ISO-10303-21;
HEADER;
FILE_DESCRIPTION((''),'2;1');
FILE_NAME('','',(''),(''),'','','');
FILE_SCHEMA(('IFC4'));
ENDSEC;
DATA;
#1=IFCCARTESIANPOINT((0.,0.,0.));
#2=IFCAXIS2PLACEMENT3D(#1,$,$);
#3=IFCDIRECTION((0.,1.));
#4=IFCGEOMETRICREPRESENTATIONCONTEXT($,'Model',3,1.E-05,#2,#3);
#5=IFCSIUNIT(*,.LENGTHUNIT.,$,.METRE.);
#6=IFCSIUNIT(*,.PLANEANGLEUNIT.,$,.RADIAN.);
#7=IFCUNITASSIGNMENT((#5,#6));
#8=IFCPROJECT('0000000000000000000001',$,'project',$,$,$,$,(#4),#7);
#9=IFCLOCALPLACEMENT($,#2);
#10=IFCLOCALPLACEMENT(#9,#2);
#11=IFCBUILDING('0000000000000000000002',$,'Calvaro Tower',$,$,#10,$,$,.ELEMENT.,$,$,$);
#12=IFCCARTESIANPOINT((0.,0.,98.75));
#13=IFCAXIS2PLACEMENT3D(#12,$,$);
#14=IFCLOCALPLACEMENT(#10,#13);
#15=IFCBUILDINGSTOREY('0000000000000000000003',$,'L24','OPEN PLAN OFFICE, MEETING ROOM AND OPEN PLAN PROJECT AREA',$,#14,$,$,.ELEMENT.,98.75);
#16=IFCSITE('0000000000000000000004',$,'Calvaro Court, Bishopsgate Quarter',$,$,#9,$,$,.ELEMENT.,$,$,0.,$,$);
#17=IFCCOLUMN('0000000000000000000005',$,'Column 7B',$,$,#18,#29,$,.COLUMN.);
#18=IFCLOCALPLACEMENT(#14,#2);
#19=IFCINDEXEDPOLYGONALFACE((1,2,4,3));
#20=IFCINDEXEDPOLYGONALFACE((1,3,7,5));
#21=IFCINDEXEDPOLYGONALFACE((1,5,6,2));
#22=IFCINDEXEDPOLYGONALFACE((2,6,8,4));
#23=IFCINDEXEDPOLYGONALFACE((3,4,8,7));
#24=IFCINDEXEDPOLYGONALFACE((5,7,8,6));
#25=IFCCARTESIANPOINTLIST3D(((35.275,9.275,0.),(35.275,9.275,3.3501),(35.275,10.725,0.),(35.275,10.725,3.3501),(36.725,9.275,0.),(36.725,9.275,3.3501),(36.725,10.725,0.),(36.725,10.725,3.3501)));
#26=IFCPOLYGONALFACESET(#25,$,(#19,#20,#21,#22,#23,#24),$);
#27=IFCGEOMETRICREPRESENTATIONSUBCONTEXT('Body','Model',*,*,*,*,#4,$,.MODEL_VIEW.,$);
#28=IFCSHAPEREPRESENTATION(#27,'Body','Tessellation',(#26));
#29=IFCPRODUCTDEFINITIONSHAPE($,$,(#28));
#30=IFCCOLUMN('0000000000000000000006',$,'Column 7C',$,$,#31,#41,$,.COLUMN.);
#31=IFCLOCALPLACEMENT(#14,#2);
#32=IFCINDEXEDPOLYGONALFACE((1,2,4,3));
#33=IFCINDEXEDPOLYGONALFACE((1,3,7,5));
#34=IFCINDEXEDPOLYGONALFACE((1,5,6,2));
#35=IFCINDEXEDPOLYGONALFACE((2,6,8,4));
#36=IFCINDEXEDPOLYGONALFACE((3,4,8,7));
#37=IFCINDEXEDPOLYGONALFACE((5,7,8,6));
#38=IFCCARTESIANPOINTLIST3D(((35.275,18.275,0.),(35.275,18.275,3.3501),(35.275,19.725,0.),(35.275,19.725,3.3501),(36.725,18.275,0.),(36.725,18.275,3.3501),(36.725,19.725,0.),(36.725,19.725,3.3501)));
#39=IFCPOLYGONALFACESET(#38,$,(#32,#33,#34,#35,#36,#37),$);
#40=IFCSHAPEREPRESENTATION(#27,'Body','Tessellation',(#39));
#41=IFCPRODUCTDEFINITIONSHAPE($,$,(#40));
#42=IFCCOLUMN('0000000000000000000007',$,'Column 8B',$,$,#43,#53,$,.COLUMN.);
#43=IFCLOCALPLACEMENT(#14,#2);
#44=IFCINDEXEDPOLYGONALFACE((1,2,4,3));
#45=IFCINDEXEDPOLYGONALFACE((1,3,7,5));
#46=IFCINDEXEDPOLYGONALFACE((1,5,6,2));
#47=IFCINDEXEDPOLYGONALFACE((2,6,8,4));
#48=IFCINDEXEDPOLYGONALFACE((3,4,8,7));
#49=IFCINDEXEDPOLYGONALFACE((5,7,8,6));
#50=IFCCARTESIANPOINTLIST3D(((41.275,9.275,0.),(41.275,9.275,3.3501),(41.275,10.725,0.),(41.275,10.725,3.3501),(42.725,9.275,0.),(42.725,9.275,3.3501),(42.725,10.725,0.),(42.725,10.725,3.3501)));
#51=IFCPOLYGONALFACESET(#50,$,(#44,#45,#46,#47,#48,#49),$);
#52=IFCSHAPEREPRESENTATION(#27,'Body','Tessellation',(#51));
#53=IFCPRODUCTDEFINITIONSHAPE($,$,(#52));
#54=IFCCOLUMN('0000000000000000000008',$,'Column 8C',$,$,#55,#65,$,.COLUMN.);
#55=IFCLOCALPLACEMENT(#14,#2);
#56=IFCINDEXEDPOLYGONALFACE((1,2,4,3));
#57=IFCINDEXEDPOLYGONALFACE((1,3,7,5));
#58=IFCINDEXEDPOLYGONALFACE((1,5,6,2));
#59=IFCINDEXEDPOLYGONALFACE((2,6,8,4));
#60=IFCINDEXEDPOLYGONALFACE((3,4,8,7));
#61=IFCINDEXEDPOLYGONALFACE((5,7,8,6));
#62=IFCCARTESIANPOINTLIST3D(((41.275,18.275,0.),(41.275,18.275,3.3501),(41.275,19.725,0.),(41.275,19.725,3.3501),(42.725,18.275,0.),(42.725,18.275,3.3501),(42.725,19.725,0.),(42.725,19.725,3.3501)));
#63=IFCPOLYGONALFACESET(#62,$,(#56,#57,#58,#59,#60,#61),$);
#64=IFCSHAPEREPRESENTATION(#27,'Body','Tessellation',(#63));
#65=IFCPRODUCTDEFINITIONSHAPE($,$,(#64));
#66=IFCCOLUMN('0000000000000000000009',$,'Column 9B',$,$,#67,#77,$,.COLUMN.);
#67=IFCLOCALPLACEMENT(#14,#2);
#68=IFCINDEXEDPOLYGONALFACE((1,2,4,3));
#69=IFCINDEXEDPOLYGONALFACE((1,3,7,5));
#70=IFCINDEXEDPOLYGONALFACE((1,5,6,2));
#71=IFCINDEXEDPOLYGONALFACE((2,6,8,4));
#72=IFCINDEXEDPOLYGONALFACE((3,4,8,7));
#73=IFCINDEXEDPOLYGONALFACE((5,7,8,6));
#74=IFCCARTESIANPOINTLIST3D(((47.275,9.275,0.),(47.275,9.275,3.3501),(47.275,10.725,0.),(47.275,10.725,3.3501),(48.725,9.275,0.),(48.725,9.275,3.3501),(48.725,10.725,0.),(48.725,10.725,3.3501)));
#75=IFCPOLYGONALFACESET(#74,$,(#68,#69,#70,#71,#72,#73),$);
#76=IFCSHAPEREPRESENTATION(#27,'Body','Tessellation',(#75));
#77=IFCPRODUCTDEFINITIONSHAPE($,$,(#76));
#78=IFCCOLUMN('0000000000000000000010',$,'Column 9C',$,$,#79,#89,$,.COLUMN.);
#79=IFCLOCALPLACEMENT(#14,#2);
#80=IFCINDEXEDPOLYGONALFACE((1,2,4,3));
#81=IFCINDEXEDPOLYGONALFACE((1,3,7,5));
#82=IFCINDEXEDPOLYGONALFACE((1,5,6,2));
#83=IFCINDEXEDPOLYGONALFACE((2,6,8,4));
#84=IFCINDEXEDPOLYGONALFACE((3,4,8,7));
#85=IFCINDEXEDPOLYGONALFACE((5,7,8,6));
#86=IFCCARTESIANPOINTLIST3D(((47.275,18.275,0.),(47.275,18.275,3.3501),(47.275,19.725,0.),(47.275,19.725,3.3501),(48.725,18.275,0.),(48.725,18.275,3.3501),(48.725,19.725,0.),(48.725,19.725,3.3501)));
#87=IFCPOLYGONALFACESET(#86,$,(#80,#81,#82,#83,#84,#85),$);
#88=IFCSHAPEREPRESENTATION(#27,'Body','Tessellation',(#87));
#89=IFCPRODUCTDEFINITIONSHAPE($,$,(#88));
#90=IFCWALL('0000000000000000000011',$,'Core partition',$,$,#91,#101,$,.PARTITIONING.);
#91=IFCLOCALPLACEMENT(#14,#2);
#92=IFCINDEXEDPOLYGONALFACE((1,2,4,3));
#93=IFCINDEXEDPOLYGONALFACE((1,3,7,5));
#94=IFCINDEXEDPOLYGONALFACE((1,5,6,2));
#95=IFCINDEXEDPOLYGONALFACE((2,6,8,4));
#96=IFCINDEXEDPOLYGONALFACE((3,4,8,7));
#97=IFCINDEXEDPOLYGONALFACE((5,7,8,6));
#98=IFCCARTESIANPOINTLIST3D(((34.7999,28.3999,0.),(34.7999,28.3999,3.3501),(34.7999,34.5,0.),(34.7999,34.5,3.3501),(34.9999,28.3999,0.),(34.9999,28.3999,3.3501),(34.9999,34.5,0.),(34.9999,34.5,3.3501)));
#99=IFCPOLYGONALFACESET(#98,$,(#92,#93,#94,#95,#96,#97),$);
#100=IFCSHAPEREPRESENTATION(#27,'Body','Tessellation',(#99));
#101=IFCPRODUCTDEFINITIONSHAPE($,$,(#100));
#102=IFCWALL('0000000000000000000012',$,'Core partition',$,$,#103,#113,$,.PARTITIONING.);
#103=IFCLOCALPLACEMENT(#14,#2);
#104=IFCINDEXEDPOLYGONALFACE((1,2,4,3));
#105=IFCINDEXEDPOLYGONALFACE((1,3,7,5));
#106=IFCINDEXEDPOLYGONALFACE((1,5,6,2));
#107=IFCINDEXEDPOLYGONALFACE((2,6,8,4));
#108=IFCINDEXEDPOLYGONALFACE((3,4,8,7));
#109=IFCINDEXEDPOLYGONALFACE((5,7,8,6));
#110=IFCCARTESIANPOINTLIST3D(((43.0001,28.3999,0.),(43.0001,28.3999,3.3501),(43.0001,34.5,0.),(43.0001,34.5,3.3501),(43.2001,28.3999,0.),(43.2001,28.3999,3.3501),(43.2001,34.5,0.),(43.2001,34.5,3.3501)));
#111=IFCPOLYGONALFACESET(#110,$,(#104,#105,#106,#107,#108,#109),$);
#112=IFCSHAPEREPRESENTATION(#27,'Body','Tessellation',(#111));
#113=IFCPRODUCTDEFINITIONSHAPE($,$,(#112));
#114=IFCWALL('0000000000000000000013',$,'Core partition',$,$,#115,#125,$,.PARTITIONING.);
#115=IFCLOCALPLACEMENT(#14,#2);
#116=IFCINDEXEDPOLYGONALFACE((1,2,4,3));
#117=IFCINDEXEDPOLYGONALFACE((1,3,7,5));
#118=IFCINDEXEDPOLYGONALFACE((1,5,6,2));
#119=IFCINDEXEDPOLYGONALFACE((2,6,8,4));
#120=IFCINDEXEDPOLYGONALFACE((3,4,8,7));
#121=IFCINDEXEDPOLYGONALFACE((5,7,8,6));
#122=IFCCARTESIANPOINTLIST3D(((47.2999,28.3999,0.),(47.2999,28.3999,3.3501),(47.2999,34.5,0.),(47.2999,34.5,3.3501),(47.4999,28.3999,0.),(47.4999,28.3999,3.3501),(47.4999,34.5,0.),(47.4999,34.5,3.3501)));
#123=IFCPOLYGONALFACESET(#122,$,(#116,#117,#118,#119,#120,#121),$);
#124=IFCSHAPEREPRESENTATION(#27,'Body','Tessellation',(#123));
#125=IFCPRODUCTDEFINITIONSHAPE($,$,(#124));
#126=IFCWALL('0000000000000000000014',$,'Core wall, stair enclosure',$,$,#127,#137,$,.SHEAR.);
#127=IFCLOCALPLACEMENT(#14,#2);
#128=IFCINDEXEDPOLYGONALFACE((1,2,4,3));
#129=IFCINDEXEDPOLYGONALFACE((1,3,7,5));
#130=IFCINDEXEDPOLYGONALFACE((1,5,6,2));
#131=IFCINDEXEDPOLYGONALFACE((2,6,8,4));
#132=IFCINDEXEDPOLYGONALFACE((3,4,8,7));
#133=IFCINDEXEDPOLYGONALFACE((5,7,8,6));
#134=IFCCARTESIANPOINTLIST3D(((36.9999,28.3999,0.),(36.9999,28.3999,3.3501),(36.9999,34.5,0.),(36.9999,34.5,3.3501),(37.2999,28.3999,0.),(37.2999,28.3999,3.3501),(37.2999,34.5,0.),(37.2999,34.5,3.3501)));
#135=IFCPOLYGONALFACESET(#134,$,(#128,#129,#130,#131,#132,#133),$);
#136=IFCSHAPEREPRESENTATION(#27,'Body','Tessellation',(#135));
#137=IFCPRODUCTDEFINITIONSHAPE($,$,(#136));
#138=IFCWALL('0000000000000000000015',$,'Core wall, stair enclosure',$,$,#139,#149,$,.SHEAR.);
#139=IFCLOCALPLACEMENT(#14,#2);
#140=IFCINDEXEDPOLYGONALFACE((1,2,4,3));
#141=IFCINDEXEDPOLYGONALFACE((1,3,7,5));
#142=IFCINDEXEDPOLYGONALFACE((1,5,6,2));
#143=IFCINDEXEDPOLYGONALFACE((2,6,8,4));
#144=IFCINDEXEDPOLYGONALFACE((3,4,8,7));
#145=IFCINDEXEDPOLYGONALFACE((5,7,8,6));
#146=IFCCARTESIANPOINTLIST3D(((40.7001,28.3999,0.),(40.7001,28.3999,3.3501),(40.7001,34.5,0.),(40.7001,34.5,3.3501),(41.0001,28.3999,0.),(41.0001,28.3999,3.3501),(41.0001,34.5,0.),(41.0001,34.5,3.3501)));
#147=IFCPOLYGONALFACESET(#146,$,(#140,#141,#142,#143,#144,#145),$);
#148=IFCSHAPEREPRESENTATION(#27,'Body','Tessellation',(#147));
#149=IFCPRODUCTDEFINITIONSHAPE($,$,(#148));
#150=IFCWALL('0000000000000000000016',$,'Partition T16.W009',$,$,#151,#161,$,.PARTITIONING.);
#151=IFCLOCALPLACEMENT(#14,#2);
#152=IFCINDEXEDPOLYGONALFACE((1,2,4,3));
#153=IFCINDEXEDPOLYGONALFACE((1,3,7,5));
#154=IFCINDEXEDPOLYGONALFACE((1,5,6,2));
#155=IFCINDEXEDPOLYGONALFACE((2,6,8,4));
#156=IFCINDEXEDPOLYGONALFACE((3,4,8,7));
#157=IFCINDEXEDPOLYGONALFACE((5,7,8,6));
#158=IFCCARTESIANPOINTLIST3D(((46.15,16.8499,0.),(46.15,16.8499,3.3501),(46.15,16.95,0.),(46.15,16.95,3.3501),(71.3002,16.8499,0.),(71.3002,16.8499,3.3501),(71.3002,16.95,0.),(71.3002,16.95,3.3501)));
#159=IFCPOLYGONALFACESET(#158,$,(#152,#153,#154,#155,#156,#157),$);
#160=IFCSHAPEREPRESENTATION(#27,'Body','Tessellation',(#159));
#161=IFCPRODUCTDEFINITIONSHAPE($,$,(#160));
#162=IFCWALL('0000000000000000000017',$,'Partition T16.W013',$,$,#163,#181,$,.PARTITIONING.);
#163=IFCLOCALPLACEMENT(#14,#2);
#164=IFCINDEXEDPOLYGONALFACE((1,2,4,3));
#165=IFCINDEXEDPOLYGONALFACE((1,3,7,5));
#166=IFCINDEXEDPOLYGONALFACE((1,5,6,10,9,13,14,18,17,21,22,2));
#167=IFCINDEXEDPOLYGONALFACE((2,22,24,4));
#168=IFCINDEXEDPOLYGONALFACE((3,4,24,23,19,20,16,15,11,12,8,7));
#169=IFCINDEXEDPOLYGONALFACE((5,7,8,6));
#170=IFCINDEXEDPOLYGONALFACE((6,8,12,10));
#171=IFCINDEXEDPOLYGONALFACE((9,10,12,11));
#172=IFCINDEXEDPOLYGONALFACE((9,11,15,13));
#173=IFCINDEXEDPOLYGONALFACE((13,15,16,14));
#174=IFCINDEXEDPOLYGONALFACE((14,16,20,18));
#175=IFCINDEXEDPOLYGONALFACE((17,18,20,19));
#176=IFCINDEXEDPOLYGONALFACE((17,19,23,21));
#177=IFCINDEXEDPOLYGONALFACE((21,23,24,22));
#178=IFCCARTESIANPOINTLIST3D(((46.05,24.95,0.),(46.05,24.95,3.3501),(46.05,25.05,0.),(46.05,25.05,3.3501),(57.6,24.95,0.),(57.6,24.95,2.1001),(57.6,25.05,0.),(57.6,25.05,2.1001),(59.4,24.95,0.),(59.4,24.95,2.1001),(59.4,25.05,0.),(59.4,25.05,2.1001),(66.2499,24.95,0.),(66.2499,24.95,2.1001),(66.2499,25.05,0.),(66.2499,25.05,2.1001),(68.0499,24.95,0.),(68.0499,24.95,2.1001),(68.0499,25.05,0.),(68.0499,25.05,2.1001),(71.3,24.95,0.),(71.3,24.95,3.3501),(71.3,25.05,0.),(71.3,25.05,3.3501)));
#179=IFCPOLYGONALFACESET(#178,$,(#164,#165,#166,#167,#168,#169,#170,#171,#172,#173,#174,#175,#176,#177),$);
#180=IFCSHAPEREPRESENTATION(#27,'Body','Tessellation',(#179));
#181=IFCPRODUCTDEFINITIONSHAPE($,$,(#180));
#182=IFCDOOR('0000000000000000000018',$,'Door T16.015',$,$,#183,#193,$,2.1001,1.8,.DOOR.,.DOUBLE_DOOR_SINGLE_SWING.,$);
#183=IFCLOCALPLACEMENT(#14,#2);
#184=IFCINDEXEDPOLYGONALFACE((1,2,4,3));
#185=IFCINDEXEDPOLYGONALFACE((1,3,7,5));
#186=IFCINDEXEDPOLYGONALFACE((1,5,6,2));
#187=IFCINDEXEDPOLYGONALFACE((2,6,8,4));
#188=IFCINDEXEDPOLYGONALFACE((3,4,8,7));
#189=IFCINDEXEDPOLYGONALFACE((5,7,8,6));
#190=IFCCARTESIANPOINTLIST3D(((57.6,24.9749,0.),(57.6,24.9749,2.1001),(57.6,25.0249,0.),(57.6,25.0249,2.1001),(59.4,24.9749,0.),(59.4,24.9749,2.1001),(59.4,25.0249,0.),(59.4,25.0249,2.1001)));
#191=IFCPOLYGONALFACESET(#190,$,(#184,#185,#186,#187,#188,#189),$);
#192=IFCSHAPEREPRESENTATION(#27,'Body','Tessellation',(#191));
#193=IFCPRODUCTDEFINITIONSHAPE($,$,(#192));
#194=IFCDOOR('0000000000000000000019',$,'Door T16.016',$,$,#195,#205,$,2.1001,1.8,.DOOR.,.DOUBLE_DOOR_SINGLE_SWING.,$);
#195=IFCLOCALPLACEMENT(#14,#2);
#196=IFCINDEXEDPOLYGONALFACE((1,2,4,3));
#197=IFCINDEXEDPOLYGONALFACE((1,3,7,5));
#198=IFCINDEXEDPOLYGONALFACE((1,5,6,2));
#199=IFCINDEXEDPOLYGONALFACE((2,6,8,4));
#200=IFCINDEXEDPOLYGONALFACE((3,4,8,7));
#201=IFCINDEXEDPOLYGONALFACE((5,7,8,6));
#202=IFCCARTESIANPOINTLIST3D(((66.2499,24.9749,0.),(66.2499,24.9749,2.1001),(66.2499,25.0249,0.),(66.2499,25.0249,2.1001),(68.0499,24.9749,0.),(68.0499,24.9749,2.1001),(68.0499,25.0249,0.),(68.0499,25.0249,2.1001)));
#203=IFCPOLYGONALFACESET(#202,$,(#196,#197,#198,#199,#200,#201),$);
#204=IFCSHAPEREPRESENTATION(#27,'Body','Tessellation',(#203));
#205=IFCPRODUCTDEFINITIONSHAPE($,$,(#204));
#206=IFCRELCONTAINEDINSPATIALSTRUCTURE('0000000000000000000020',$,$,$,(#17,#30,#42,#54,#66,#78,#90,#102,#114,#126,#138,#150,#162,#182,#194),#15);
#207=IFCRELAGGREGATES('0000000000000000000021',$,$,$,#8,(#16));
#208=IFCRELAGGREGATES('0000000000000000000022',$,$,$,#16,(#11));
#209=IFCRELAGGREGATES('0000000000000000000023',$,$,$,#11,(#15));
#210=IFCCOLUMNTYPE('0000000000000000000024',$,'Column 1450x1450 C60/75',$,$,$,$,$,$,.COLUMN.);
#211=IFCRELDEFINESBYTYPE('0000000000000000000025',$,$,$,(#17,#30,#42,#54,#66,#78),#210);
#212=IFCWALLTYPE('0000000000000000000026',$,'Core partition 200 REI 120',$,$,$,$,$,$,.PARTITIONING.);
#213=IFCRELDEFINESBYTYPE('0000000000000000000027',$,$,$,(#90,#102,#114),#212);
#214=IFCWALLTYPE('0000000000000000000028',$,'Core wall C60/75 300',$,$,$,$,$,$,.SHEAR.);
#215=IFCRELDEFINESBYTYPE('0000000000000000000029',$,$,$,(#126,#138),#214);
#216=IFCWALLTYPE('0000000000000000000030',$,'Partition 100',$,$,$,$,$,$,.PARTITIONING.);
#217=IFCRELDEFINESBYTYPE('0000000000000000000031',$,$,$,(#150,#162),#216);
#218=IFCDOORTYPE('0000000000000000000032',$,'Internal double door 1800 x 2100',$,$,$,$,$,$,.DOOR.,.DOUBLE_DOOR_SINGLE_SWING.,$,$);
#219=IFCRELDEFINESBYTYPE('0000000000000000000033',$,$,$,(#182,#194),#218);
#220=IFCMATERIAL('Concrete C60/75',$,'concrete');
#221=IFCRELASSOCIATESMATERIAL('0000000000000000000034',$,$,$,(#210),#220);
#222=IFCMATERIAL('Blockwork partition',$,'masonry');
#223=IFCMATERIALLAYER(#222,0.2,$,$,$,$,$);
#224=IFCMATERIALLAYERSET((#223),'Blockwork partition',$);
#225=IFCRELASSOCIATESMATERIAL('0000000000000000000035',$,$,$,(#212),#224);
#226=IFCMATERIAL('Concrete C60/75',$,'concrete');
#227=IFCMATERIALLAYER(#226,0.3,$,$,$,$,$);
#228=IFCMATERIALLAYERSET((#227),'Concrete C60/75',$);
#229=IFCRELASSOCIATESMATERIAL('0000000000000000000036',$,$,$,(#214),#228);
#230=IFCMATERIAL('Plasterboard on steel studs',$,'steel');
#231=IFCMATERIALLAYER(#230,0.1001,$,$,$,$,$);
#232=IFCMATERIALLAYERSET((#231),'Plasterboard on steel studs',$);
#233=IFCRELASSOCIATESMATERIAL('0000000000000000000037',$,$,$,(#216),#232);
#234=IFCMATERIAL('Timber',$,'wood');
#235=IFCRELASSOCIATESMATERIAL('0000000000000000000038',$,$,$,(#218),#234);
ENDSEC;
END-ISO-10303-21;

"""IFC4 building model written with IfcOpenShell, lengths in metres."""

from ifc_helpers import new_model, si_unit, direction, frame, frame_2d, origin, origin_2d, place, context, subcontext, project, spatial, rectangle, extrude, material, layer, layer_set, material_profile, profile_set, type_object, element, fill, save


model = new_model("IFC4")

# Units and contexts
model_context = context("Model", 3, precision=1e-05, world=origin(), true_north=direction((0.0, 1.0)))
body_context = subcontext(model_context, "Body", "Model", "MODEL_VIEW")
ifc_project = project(units=[si_unit("LENGTHUNIT", "METRE"), si_unit("PLANEANGLEUNIT", "RADIAN")], contexts=[model_context])

# Site, building, storey
site_placement = place(None, origin())
site = spatial("IfcSite", under=ifc_project, at=site_placement, Name="Calvaro Court, Bishopsgate Quarter", CompositionType="ELEMENT", RefElevation=0.0)
building_placement = place(site_placement, origin())
building = spatial("IfcBuilding", under=site, at=building_placement, Name="Calvaro Tower", CompositionType="ELEMENT")
storey_placement = place(building_placement, frame((0.0, 0.0, 98.75)))
storey = spatial("IfcBuildingStorey", under=building, at=storey_placement, Name="L24", Description="OPEN PLAN OFFICE, MEETING ROOM AND OPEN PLAN PROJECT AREA", CompositionType="ELEMENT", Elevation=98.75)

# Columns
ifc_material_1 = material(Name="Concrete C60/75", Category="concrete")
ifc_material_profile = material_profile(ifc_material_1, rectangle(XDim=1.45, YDim=1.45, at=origin_2d()), Name="RC 1450x1450")
ifc_profile_set = profile_set([ifc_material_profile], Name="Concrete C60/75")
column_type = type_object("IfcColumnType", Name="Column 1450x1450 C60/75", PredefinedType="COLUMN", material=ifc_profile_set)
for number, where, z_axis, x_axis, name in (
    (1, (36.0, 10.0, 0.0), (0.0, 0.0, 1.0), (1.0, 0.0, 0.0), "Column 7B"),
    (2, (36.0, 19.0, 0.0), (0.0, 0.0, 1.0), (1.0, 0.0, 0.0), "Column 7C"),
    (3, (42.0, 10.0, 0.0), (0.0, 0.0, 1.0), (1.0, 0.0, 0.0), "Column 8B"),
    (4, (42.0, 19.0, 0.0), (0.0, 0.0, 1.0), (1.0, 0.0, 0.0), "Column 8C"),
    (5, (48.0, 10.0, 0.0), (0.0, 0.0, 1.0), (1.0, 0.0, 0.0), "Column 9B"),
    (6, (48.0, 19.0, 0.0), (0.0, 0.0, 1.0), (1.0, 0.0, 0.0), "Column 9C"),
):
    element("IfcColumn", number, at=place(storey_placement, frame(where, z_axis=z_axis, x_axis=x_axis)), inside=storey, type_object=column_type, Name=name, PredefinedType="COLUMN", context=body_context, shape_type="SweptSolid", body=[
        extrude(rectangle(XDim=1.45, YDim=1.45, at=origin_2d()), origin(), (0.0, 0.0, 1.0), 3.3501),
    ])

# Walls
ifc_material_2 = material(Name="Blockwork partition", Category="masonry")
ifc_layer_1 = layer(ifc_material_2, 0.2)
ifc_layer_set_1 = layer_set([ifc_layer_1], Name="Blockwork partition")
wall_type_1 = type_object("IfcWallType", Name="Core partition 200 REI 120", PredefinedType="PARTITIONING", material=ifc_layer_set_1)
for number, where, z_axis, x_axis, name in (
    (7, (34.8999, 28.3999, 0.0), (0.0, 0.0, 1.0), (0.0, 1.0, 0.0), "Core partition"),
    (8, (43.1001, 28.3999, 0.0), (0.0, 0.0, 1.0), (0.0, 1.0, 0.0), "Core partition"),
    (9, (47.3999, 28.3999, 0.0), (0.0, 0.0, 1.0), (0.0, 1.0, 0.0), "Core partition"),
):
    element("IfcWall", number, at=place(storey_placement, frame(where, z_axis=z_axis, x_axis=x_axis)), inside=storey, type_object=wall_type_1, Name=name, PredefinedType="PARTITIONING", context=body_context, shape_type="SweptSolid", body=[
        extrude(rectangle(XDim=6.1001, YDim=0.2, at=frame_2d((3.05, 0.0))), origin(), (0.0, 0.0, 1.0), 3.3501),
    ])
ifc_material_3 = material(Name="Concrete C60/75", Category="concrete")
ifc_layer_2 = layer(ifc_material_3, 0.3)
ifc_layer_set_2 = layer_set([ifc_layer_2], Name="Concrete C60/75")
wall_type_2 = type_object("IfcWallType", Name="Core wall C60/75 300", PredefinedType="SHEAR", material=ifc_layer_set_2)
for number, where, z_axis, x_axis, name in (
    (10, (37.1499, 28.3999, 0.0), (0.0, 0.0, 1.0), (0.0, 1.0, 0.0), "Core wall, stair enclosure"),
    (11, (40.8501, 28.3999, 0.0), (0.0, 0.0, 1.0), (0.0, 1.0, 0.0), "Core wall, stair enclosure"),
):
    element("IfcWall", number, at=place(storey_placement, frame(where, z_axis=z_axis, x_axis=x_axis)), inside=storey, type_object=wall_type_2, Name=name, PredefinedType="SHEAR", context=body_context, shape_type="SweptSolid", body=[
        extrude(rectangle(XDim=6.1001, YDim=0.3, at=frame_2d((3.05, 0.0))), origin(), (0.0, 0.0, 1.0), 3.3501),
    ])
ifc_material_4 = material(Name="Plasterboard on steel studs", Category="steel")
ifc_layer_3 = layer(ifc_material_4, 0.1001)
ifc_layer_set_3 = layer_set([ifc_layer_3], Name="Plasterboard on steel studs")
wall_type_3 = type_object("IfcWallType", Name="Partition 100", PredefinedType="PARTITIONING", material=ifc_layer_set_3)
wall_1_placement = place(storey_placement, frame((46.1499, 16.8999, 0.0), z_axis=(0.0, 0.0, 1.0), x_axis=(1.0, 0.0, 0.0)))
element("IfcWall", 12, at=wall_1_placement, inside=storey, type_object=wall_type_3, Name="Partition T16.W009", PredefinedType="PARTITIONING", context=body_context, shape_type="SweptSolid", body=[
    extrude(rectangle(XDim=25.1501, YDim=0.1001, at=frame_2d((12.5752, 0.0))), origin(), (0.0, 0.0, 1.0), 3.3501),
])

# Wall, openings, doors
wall_2_placement = place(storey_placement, frame((46.05, 25.0, 0.0), z_axis=(0.0, 0.0, 1.0), x_axis=(1.0, 0.0, 0.0)))
wall_2 = element("IfcWall", 13, at=wall_2_placement, inside=storey, type_object=wall_type_3, Name="Partition T16.W013", PredefinedType="PARTITIONING", context=body_context, shape_type="SweptSolid", body=[
    extrude(rectangle(XDim=25.25, YDim=0.1001, at=frame_2d((12.625, 0.0))), origin(), (0.0, 0.0, 1.0), 3.3501),
])
opening_1_placement = place(wall_2_placement, frame((11.55, 0.0, 0.0)))
opening_1 = element("IfcOpeningElement", 14, at=opening_1_placement, cuts=wall_2, PredefinedType="OPENING", context=body_context, shape_type="SweptSolid", body=[
    extrude(rectangle(XDim=1.8, YDim=2.1001, at=frame_2d((0.8999, 1.05))), frame((0.0, 0.0601, 0.0), z_axis=(0.0, -1.0, 0.0), x_axis=(1.0, 0.0, 0.0)), (0.0, 0.0, 1.0), 0.1201),
])
opening_2_placement = place(wall_2_placement, frame((20.2, 0.0, 0.0)))
opening_2 = element("IfcOpeningElement", 15, at=opening_2_placement, cuts=wall_2, PredefinedType="OPENING", context=body_context, shape_type="SweptSolid", body=[
    extrude(rectangle(XDim=1.8, YDim=2.1001, at=frame_2d((0.8999, 1.05))), frame((0.0, 0.0601, 0.0), z_axis=(0.0, -1.0, 0.0), x_axis=(1.0, 0.0, 0.0)), (0.0, 0.0, 1.0), 0.1201),
])
ifc_material_5 = material(Name="Timber", Category="wood")
door_type = type_object("IfcDoorType", Name="Internal double door 1800 x 2100", OperationType="DOUBLE_DOOR_SINGLE_SWING", PredefinedType="DOOR", material=ifc_material_5)
door_1_placement = place(opening_1_placement, origin())
door_1 = element("IfcDoor", 16, at=door_1_placement, inside=storey, type_object=door_type, Name="Door T16.015", OperationType="DOUBLE_DOOR_SINGLE_SWING", OverallHeight=2.1001, OverallWidth=1.8, PredefinedType="DOOR", context=body_context, shape_type="SweptSolid", body=[
    extrude(rectangle(XDim=1.8, YDim=2.1001, at=frame_2d((0.8999, 1.05))), frame((0.0, 0.0249, 0.0), z_axis=(0.0, -1.0, 0.0), x_axis=(1.0, 0.0, 0.0)), (0.0, 0.0, 1.0), 0.05),
])
fill(opening_1, door_1)
door_2_placement = place(opening_2_placement, origin())
door_2 = element("IfcDoor", 17, at=door_2_placement, inside=storey, type_object=door_type, Name="Door T16.016", OperationType="DOUBLE_DOOR_SINGLE_SWING", OverallHeight=2.1001, OverallWidth=1.8, PredefinedType="DOOR", context=body_context, shape_type="SweptSolid", body=[
    extrude(rectangle(XDim=1.8, YDim=2.1001, at=frame_2d((0.8999, 1.05))), frame((0.0, 0.0249, 0.0), z_axis=(0.0, -1.0, 0.0), x_axis=(1.0, 0.0, 0.0)), (0.0, 0.0, 1.0), 0.05),
])
fill(opening_2, door_2)

save(model, "model.ifc")
